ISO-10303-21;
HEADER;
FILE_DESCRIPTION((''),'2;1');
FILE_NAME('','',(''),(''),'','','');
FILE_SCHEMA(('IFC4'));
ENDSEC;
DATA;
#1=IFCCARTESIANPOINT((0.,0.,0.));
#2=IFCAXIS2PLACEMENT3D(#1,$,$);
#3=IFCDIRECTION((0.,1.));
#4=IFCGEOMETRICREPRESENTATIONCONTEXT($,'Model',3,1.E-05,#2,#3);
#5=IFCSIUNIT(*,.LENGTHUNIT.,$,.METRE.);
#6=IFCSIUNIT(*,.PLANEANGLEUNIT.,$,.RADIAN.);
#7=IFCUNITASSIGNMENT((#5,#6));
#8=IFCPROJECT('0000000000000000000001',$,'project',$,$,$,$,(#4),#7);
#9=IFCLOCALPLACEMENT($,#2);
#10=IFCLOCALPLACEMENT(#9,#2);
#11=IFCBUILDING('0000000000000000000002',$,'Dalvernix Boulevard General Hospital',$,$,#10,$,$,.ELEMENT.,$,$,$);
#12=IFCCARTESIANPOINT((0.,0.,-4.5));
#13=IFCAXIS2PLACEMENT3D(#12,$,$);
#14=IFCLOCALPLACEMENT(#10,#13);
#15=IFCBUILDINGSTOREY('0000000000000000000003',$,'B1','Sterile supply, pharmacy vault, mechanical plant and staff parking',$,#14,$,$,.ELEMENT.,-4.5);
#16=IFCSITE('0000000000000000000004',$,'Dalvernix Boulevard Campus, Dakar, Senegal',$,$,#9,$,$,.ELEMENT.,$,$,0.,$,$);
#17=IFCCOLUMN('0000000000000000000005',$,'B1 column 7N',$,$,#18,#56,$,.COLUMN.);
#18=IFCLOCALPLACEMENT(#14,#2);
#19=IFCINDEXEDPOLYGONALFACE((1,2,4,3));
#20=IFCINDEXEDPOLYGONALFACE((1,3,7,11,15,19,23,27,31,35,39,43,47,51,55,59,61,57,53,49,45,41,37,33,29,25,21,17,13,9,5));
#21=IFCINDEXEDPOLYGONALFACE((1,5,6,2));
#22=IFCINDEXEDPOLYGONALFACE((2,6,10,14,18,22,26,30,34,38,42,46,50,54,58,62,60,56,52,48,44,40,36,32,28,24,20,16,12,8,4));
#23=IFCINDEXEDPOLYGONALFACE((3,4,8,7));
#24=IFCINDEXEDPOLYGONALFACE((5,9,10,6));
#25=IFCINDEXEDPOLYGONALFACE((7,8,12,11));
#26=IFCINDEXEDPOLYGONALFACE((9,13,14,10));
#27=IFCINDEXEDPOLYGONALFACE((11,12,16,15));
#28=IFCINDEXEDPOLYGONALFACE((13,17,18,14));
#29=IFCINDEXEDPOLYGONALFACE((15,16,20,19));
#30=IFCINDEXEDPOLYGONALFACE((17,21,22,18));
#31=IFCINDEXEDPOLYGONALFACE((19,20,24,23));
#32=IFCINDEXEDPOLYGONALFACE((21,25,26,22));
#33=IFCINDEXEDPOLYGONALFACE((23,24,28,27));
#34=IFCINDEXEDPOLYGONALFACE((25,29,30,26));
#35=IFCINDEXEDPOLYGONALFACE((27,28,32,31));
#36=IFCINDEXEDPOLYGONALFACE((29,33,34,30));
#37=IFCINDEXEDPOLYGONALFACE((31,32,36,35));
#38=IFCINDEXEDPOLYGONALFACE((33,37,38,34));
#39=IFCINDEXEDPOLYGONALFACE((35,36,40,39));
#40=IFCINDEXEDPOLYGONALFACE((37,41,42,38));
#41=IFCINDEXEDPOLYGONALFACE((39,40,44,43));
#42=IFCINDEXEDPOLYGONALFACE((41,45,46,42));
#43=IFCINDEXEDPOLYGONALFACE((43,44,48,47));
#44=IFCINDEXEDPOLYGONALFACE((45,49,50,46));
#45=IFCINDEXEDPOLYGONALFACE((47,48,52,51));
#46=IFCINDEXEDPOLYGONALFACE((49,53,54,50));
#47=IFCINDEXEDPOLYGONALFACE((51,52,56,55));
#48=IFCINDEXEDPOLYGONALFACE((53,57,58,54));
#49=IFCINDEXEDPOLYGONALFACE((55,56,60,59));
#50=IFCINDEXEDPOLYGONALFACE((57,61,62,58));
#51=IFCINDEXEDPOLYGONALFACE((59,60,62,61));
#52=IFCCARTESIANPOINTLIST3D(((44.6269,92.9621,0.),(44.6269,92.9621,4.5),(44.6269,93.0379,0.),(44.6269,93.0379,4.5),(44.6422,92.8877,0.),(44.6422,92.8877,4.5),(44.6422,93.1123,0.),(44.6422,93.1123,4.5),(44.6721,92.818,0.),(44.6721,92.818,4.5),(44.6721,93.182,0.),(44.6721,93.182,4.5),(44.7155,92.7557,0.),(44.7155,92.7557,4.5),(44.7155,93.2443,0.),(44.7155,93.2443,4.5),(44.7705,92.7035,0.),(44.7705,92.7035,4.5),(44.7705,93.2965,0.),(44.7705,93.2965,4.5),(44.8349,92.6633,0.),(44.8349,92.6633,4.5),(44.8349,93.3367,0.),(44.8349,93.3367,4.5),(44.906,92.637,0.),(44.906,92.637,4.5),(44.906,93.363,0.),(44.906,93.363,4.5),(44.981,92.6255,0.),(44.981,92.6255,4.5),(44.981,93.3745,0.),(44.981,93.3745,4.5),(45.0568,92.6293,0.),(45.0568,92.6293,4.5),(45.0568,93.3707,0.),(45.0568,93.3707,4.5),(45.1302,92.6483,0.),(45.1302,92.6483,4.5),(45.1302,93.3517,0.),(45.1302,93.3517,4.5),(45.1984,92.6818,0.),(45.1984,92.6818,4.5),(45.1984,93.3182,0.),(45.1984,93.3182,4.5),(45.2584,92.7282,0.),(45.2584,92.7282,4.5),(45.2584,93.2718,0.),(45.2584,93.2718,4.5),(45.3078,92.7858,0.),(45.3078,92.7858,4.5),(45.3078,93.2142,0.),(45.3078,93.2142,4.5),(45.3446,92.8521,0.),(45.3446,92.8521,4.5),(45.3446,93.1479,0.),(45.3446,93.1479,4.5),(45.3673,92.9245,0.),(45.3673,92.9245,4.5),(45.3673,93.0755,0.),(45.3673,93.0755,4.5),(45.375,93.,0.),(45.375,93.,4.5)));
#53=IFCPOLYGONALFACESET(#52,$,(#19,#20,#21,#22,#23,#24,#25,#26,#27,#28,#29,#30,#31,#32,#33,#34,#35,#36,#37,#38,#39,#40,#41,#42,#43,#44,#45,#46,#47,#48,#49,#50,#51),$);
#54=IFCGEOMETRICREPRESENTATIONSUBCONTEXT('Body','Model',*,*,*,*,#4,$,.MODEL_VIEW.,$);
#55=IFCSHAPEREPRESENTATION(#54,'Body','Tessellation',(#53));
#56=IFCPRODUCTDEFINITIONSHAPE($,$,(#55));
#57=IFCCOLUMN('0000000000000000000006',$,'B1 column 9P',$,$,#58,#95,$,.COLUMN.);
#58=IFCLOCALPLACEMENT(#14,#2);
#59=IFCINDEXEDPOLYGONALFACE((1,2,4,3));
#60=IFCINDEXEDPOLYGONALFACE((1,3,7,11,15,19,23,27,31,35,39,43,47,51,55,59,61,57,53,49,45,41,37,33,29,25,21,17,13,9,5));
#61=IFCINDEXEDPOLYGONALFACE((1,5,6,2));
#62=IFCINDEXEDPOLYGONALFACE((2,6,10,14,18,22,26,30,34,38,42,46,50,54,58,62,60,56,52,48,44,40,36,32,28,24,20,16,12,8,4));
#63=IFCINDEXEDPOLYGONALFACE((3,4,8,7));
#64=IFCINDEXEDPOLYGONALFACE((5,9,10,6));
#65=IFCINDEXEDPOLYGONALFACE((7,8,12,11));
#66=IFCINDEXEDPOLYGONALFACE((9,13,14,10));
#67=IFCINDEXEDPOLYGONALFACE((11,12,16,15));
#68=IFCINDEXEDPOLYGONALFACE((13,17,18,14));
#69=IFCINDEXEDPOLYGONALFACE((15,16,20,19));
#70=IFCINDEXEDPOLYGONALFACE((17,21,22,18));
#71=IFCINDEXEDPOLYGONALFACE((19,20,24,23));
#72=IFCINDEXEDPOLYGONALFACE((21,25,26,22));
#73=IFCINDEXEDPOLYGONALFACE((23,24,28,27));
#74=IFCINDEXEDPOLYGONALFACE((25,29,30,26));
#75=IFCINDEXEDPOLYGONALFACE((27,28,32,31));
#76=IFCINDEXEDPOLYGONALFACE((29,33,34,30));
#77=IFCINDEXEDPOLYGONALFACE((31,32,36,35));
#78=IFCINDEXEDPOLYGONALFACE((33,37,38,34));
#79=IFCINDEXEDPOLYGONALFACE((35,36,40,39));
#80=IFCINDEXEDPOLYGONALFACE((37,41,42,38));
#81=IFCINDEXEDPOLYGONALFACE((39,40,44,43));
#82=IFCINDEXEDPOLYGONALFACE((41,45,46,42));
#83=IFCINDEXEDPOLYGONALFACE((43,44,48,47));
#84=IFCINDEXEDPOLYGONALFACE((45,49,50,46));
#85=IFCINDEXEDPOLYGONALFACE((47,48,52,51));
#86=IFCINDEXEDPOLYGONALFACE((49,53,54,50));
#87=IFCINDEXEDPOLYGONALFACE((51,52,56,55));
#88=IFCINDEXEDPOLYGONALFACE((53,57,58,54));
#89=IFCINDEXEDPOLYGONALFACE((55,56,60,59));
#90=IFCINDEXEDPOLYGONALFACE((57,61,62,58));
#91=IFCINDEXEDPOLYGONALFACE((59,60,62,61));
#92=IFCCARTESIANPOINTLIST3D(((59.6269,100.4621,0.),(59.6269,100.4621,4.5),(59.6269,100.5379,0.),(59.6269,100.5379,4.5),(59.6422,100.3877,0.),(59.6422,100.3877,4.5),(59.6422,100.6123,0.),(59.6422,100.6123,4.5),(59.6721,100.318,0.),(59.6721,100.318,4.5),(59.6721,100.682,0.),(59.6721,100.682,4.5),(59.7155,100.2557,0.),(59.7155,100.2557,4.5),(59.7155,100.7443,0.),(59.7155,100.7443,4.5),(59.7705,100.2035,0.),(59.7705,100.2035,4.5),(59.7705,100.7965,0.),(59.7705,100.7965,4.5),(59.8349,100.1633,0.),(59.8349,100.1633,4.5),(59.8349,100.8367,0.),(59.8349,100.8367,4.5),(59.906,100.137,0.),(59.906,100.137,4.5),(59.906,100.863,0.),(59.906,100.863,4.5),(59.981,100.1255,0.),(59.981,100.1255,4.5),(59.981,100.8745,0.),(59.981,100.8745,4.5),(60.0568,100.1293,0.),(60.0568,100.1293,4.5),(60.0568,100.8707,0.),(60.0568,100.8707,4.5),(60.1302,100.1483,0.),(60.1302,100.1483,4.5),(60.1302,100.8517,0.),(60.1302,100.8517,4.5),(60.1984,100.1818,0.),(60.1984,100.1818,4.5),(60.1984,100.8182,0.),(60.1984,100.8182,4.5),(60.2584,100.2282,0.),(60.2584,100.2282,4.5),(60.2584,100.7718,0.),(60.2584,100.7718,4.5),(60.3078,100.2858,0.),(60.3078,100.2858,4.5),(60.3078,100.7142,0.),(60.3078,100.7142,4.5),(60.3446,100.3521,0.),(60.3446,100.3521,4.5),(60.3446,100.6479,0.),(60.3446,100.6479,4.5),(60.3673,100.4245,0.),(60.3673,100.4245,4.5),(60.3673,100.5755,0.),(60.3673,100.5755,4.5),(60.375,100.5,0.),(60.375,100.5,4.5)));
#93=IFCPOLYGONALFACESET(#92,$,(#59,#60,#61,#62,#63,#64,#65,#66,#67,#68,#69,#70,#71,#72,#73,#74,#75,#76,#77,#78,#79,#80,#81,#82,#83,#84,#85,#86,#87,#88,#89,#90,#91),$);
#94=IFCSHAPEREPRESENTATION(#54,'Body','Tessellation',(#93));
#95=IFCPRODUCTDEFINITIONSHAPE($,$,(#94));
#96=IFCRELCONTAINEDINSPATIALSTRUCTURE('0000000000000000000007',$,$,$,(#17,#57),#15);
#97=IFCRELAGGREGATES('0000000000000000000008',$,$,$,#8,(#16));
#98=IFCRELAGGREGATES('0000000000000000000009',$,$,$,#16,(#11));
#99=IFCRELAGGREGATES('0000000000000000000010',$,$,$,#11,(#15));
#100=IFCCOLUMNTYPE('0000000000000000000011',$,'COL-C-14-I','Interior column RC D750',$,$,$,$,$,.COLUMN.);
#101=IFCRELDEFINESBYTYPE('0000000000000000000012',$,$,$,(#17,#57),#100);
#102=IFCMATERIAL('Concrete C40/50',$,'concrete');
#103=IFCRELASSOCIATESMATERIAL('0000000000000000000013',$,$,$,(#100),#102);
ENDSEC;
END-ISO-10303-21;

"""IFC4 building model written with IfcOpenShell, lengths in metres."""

from ifc_helpers import new_model, si_unit, direction, frame, origin, origin_2d, place, context, subcontext, project, spatial, circle, extrude, material, material_profile, profile_set, type_object, element, save


model = new_model("IFC4")

# Units and contexts
model_context = context("Model", 3, precision=1e-05, world=origin(), true_north=direction((0.0, 1.0)))
body_context = subcontext(model_context, "Body", "Model", "MODEL_VIEW")
ifc_project = project(units=[si_unit("LENGTHUNIT", "METRE"), si_unit("PLANEANGLEUNIT", "RADIAN")], contexts=[model_context])

# Site, building, storey
site_placement = place(None, origin())
site = spatial("IfcSite", under=ifc_project, at=site_placement, Name="Dalvernix Boulevard Campus, Dakar, Senegal", CompositionType="ELEMENT", RefElevation=0.0)
building_placement = place(site_placement, origin())
building = spatial("IfcBuilding", under=site, at=building_placement, Name="Dalvernix Boulevard General Hospital", CompositionType="ELEMENT")
storey_placement = place(building_placement, frame((0.0, 0.0, -4.5)))
storey = spatial("IfcBuildingStorey", under=building, at=storey_placement, Name="B1", Description="Sterile supply, pharmacy vault, mechanical plant and staff parking", CompositionType="ELEMENT", Elevation=-4.5)

# Shared definitions
ifc_material_1 = material(Name="Concrete C40/50", Category="concrete")

# Columns
ifc_material_profile_1 = material_profile(ifc_material_1, circle(Radius=0.375, at=origin_2d()), Name="RC D750")
ifc_profile_set_1 = profile_set([ifc_material_profile_1], Name="Concrete C40/50")
column_type_1 = type_object("IfcColumnType", Name="COL-C-14-I", Description="Interior column RC D750", PredefinedType="COLUMN", material=ifc_profile_set_1)
for number, where, z_axis, x_axis, name in (
    (1, (45.0, 93.0, 0.0), (0.0, 0.0, 1.0), (1.0, 0.0, 0.0), "B1 column 7N"),
    (2, (60.0, 100.5, 0.0), (0.0, 0.0, 1.0), (1.0, 0.0, 0.0), "B1 column 9P"),
):
    element("IfcColumn", number, at=place(storey_placement, frame(where, z_axis=z_axis, x_axis=x_axis)), inside=storey, type_object=column_type_1, Name=name, PredefinedType="COLUMN", context=body_context, shape_type="SweptSolid", body=[
        extrude(circle(Radius=0.375, at=origin_2d()), origin(), (0.0, 0.0, 1.0), 4.5),
    ])

save(model, "model.ifc")
